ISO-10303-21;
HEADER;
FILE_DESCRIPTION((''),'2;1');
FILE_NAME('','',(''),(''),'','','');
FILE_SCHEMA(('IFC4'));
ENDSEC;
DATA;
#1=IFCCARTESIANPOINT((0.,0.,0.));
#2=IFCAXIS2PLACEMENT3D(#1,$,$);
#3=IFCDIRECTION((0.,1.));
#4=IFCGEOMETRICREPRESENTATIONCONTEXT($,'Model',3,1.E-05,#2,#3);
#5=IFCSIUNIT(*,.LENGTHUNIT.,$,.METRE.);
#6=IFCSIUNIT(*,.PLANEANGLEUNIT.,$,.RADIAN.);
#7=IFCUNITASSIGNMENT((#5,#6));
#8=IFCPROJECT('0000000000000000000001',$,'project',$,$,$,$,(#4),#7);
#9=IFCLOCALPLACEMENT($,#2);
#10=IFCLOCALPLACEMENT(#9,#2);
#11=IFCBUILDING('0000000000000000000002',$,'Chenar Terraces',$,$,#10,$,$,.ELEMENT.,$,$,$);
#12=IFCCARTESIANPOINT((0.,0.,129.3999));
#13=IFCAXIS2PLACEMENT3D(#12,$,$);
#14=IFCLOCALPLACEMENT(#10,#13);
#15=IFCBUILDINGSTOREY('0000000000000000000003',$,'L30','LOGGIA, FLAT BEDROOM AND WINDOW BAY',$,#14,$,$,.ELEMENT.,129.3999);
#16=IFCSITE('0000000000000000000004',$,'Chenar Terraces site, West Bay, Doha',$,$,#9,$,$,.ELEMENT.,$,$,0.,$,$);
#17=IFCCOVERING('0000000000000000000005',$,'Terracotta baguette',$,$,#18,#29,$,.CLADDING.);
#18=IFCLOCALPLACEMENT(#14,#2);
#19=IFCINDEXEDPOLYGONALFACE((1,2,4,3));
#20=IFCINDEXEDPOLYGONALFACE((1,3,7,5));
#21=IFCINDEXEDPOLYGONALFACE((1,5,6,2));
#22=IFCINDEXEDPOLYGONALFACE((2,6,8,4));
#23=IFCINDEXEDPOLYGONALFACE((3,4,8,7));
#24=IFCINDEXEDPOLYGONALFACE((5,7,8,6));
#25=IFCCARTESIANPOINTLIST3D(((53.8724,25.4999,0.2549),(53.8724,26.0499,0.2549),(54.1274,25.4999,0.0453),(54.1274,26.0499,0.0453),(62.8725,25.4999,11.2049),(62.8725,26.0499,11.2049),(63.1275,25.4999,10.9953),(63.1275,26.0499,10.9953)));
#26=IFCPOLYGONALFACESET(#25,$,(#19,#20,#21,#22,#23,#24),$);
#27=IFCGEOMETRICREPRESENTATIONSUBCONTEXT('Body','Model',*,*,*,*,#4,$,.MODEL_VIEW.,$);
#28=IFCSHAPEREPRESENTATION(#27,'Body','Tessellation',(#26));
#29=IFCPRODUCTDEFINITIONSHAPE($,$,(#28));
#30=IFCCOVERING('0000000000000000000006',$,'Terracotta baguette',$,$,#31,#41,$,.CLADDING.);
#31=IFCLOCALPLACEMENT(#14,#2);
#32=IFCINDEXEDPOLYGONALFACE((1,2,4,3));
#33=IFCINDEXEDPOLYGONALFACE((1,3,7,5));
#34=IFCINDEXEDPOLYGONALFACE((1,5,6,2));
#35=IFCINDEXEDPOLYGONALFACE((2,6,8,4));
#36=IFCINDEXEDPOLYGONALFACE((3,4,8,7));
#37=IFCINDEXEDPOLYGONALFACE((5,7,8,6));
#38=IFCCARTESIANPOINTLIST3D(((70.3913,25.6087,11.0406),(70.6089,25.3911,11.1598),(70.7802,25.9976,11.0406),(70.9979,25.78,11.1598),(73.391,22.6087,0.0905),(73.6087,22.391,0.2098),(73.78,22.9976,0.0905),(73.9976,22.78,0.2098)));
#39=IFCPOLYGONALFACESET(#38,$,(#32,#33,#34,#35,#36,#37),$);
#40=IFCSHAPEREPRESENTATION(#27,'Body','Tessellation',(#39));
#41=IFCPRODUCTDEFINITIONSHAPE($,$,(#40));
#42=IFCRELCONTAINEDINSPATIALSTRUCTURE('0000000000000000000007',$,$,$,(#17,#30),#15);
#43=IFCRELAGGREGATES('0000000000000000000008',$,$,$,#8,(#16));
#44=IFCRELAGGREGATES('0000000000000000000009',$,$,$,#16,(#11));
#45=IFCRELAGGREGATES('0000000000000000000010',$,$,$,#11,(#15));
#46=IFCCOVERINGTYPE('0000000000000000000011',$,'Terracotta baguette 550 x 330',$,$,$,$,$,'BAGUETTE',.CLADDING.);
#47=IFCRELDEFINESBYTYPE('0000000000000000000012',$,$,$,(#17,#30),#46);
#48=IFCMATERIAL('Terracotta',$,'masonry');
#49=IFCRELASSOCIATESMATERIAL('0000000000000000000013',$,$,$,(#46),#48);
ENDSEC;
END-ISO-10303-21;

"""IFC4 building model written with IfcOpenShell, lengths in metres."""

from ifc_helpers import new_model, si_unit, direction, frame, origin, origin_2d, place, context, subcontext, project, spatial, rectangle, extrude, material, material_profile, profile_set, type_object, element, save


model = new_model("IFC4")

# Units and contexts
model_context = context("Model", 3, precision=1e-05, world=origin(), true_north=direction((0.0, 1.0)))
body_context = subcontext(model_context, "Body", "Model", "MODEL_VIEW")
ifc_project = project(units=[si_unit("LENGTHUNIT", "METRE"), si_unit("PLANEANGLEUNIT", "RADIAN")], contexts=[model_context])

# Site, building, storey
site_placement = place(None, origin())
site = spatial("IfcSite", under=ifc_project, at=site_placement, Name="Chenar Terraces site, West Bay, Doha", CompositionType="ELEMENT", RefElevation=0.0)
building_placement = place(site_placement, origin())
building = spatial("IfcBuilding", under=site, at=building_placement, Name="Chenar Terraces", CompositionType="ELEMENT")
storey_placement = place(building_placement, frame((0.0, 0.0, 129.3999)))
storey = spatial("IfcBuildingStorey", under=building, at=storey_placement, Name="L30", Description="LOGGIA, FLAT BEDROOM AND WINDOW BAY", CompositionType="ELEMENT", Elevation=129.3999)

# Coverings
ifc_material_1 = material(Name="Terracotta", Category="masonry")
ifc_material_profile = material_profile(ifc_material_1, rectangle(XDim=0.55, YDim=0.3301, at=origin_2d()), Name="Terracotta baguette 550 x 330")
ifc_profile_set = profile_set([ifc_material_profile], Name="Terracotta")
covering_type = type_object("IfcCoveringType", Name="Terracotta baguette 550 x 330", ElementType="BAGUETTE", PredefinedType="CLADDING", material=ifc_profile_set)
covering_1_placement = place(storey_placement, frame((63.0, 25.7749, 11.1001), z_axis=(-0.634967, 0.0, -0.772539), x_axis=(0.0, -1.0, 0.0)))
element("IfcCovering", 1, at=covering_1_placement, inside=storey, type_object=covering_type, Name="Terracotta baguette", PredefinedType="CLADDING", context=body_context, shape_type="SweptSolid", body=[
    extrude(rectangle(XDim=0.55, YDim=0.3301, at=origin_2d()), origin(), (0.0, 0.0, 1.0), 14.1741),
])
covering_2_placement = place(storey_placement, frame((73.6943, 22.6943, 0.1501), z_axis=(-0.255449, 0.25547, 0.93246), x_axis=(-0.707136, -0.707078, 0.0)))
element("IfcCovering", 2, at=covering_2_placement, inside=storey, type_object=covering_type, Name="Terracotta baguette", PredefinedType="CLADDING", context=body_context, shape_type="SweptSolid", body=[
    extrude(rectangle(XDim=0.55, YDim=0.3301, at=origin_2d()), origin(), (0.0, 0.0, 1.0), 11.7432),
])

save(model, "model.ifc")
